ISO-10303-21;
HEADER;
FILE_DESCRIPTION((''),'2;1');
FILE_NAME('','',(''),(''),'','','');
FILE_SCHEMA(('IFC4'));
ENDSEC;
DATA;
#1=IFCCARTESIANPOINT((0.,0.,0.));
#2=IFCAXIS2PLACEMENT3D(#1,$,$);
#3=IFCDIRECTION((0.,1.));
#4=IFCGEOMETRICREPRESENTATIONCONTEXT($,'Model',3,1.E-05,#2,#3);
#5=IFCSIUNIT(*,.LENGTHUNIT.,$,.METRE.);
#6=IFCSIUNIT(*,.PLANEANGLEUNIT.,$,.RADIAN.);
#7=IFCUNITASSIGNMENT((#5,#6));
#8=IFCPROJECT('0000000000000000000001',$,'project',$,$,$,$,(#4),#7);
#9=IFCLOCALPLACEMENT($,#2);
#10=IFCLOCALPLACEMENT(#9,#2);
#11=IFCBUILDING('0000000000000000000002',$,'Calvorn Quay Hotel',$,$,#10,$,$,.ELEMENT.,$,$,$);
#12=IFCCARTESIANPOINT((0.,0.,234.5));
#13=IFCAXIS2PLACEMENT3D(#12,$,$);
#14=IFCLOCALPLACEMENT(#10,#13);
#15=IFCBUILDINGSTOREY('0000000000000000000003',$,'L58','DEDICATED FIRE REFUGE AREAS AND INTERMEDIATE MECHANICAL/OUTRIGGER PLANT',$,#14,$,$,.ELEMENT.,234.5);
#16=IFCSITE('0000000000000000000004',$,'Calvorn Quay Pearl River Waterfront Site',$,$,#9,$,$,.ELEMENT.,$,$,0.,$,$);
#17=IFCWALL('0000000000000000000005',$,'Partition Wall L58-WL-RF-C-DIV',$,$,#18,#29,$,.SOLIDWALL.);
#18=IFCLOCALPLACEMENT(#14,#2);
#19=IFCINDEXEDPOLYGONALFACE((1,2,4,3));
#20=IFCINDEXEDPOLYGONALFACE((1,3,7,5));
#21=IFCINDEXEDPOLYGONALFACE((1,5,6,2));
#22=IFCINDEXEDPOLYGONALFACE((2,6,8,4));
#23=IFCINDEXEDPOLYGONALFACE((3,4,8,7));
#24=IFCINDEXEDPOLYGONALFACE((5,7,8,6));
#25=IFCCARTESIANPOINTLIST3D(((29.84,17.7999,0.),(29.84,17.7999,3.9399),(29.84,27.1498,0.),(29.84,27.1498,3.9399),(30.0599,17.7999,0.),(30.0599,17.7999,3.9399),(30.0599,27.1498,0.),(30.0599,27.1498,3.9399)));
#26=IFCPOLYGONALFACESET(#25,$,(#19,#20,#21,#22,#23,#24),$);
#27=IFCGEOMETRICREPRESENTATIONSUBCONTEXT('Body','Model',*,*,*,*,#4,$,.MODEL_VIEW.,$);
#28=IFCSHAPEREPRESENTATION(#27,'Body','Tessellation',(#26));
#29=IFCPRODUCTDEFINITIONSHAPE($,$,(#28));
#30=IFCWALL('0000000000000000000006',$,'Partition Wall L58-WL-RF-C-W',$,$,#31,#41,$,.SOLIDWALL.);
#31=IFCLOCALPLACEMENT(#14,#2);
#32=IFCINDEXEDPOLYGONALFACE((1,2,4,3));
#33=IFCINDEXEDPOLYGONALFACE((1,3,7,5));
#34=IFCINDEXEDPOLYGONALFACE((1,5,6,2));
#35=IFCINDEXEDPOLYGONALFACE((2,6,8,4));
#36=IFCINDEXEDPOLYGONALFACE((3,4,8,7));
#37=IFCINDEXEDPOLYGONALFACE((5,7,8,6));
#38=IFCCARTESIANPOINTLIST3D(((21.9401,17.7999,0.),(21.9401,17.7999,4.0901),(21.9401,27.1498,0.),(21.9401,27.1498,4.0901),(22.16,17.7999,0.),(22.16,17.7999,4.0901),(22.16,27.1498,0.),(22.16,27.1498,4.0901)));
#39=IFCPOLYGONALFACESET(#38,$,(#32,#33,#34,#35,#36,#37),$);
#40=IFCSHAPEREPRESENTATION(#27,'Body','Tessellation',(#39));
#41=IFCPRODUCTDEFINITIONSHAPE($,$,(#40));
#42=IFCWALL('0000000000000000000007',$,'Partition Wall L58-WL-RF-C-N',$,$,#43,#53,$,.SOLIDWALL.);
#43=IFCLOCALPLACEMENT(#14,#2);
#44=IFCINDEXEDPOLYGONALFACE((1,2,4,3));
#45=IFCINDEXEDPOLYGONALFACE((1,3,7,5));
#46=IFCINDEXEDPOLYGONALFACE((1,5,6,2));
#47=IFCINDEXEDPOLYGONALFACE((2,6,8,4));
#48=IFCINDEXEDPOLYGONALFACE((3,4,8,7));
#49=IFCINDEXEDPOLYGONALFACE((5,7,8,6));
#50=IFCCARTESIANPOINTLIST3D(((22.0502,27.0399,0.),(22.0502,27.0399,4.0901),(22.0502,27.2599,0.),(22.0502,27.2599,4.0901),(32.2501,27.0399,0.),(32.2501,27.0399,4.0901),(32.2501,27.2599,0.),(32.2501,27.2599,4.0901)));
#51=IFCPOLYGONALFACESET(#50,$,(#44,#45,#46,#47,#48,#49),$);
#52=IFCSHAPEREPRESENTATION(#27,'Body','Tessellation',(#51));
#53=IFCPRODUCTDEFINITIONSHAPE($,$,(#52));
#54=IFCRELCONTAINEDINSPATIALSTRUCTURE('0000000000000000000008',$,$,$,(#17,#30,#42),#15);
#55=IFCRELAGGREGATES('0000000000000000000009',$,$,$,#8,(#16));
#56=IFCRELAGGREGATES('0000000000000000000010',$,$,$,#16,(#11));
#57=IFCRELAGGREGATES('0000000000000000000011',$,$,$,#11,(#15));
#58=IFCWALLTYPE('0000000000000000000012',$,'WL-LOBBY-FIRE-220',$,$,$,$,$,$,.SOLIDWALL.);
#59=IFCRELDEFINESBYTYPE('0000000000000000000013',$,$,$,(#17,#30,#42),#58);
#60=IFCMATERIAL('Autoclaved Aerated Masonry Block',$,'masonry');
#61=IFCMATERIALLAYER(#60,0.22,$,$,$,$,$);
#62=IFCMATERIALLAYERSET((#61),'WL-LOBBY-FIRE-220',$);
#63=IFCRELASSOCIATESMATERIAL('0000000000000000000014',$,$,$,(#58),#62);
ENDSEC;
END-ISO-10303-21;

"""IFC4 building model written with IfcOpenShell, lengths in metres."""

from ifc_helpers import new_model, si_unit, direction, frame, frame_2d, origin, place, context, subcontext, project, spatial, rectangle, extrude, material, layer, layer_set, type_object, element, save


model = new_model("IFC4")

# Units and contexts
model_context = context("Model", 3, precision=1e-05, world=origin(), true_north=direction((0.0, 1.0)))
body_context = subcontext(model_context, "Body", "Model", "MODEL_VIEW")
ifc_project = project(units=[si_unit("LENGTHUNIT", "METRE"), si_unit("PLANEANGLEUNIT", "RADIAN")], contexts=[model_context])

# Site, building, storey
site_placement = place(None, origin())
site = spatial("IfcSite", under=ifc_project, at=site_placement, Name="Calvorn Quay Pearl River Waterfront Site", CompositionType="ELEMENT", RefElevation=0.0)
building_placement = place(site_placement, origin())
building = spatial("IfcBuilding", under=site, at=building_placement, Name="Calvorn Quay Hotel", CompositionType="ELEMENT")
storey_placement = place(building_placement, frame((0.0, 0.0, 234.5)))
storey = spatial("IfcBuildingStorey", under=building, at=storey_placement, Name="L58", Description="DEDICATED FIRE REFUGE AREAS AND INTERMEDIATE MECHANICAL/OUTRIGGER PLANT", CompositionType="ELEMENT", Elevation=234.5)

# Shared definitions
ifc_material_1 = material(Name="Autoclaved Aerated Masonry Block", Category="masonry")
ifc_layer_1 = layer(ifc_material_1, 0.22)
ifc_layer_set_1 = layer_set([ifc_layer_1], Name="WL-LOBBY-FIRE-220")
wall_type_1 = type_object("IfcWallType", Name="WL-LOBBY-FIRE-220", PredefinedType="SOLIDWALL", material=ifc_layer_set_1)

# Walls
wall_1_placement = place(storey_placement, frame((29.95, 17.8, 0.0), z_axis=(0.0, 0.0, 1.0), x_axis=(0.0, 1.0, 0.0)))
element("IfcWall", 1, at=wall_1_placement, inside=storey, type_object=wall_type_1, Name="Partition Wall L58-WL-RF-C-DIV", PredefinedType="SOLIDWALL", context=body_context, shape_type="SweptSolid", body=[
    extrude(rectangle(XDim=9.3499, YDim=0.22, at=frame_2d((4.6748, 0.0))), origin(), (0.0, 0.0, 1.0), 3.9399),
])
wall_2_placement = place(storey_placement, frame((22.05, 17.8, 0.0), z_axis=(0.0, 0.0, 1.0), x_axis=(0.0, 1.0, 0.0)))
element("IfcWall", 2, at=wall_2_placement, inside=storey, type_object=wall_type_1, Name="Partition Wall L58-WL-RF-C-W", PredefinedType="SOLIDWALL", context=body_context, shape_type="SweptSolid", body=[
    extrude(rectangle(XDim=9.3499, YDim=0.22, at=frame_2d((4.6748, 0.0))), origin(), (0.0, 0.0, 1.0), 4.0901),
])
wall_3_placement = place(storey_placement, frame((22.05, 27.1499, 0.0), z_axis=(0.0, 0.0, 1.0), x_axis=(1.0, 0.0, 0.0)))
element("IfcWall", 3, at=wall_3_placement, inside=storey, type_object=wall_type_1, Name="Partition Wall L58-WL-RF-C-N", PredefinedType="SOLIDWALL", context=body_context, shape_type="SweptSolid", body=[
    extrude(rectangle(XDim=10.2, YDim=0.22, at=frame_2d((5.1001, 0.0))), origin(), (0.0, 0.0, 1.0), 4.0901),
])

save(model, "model.ifc")
